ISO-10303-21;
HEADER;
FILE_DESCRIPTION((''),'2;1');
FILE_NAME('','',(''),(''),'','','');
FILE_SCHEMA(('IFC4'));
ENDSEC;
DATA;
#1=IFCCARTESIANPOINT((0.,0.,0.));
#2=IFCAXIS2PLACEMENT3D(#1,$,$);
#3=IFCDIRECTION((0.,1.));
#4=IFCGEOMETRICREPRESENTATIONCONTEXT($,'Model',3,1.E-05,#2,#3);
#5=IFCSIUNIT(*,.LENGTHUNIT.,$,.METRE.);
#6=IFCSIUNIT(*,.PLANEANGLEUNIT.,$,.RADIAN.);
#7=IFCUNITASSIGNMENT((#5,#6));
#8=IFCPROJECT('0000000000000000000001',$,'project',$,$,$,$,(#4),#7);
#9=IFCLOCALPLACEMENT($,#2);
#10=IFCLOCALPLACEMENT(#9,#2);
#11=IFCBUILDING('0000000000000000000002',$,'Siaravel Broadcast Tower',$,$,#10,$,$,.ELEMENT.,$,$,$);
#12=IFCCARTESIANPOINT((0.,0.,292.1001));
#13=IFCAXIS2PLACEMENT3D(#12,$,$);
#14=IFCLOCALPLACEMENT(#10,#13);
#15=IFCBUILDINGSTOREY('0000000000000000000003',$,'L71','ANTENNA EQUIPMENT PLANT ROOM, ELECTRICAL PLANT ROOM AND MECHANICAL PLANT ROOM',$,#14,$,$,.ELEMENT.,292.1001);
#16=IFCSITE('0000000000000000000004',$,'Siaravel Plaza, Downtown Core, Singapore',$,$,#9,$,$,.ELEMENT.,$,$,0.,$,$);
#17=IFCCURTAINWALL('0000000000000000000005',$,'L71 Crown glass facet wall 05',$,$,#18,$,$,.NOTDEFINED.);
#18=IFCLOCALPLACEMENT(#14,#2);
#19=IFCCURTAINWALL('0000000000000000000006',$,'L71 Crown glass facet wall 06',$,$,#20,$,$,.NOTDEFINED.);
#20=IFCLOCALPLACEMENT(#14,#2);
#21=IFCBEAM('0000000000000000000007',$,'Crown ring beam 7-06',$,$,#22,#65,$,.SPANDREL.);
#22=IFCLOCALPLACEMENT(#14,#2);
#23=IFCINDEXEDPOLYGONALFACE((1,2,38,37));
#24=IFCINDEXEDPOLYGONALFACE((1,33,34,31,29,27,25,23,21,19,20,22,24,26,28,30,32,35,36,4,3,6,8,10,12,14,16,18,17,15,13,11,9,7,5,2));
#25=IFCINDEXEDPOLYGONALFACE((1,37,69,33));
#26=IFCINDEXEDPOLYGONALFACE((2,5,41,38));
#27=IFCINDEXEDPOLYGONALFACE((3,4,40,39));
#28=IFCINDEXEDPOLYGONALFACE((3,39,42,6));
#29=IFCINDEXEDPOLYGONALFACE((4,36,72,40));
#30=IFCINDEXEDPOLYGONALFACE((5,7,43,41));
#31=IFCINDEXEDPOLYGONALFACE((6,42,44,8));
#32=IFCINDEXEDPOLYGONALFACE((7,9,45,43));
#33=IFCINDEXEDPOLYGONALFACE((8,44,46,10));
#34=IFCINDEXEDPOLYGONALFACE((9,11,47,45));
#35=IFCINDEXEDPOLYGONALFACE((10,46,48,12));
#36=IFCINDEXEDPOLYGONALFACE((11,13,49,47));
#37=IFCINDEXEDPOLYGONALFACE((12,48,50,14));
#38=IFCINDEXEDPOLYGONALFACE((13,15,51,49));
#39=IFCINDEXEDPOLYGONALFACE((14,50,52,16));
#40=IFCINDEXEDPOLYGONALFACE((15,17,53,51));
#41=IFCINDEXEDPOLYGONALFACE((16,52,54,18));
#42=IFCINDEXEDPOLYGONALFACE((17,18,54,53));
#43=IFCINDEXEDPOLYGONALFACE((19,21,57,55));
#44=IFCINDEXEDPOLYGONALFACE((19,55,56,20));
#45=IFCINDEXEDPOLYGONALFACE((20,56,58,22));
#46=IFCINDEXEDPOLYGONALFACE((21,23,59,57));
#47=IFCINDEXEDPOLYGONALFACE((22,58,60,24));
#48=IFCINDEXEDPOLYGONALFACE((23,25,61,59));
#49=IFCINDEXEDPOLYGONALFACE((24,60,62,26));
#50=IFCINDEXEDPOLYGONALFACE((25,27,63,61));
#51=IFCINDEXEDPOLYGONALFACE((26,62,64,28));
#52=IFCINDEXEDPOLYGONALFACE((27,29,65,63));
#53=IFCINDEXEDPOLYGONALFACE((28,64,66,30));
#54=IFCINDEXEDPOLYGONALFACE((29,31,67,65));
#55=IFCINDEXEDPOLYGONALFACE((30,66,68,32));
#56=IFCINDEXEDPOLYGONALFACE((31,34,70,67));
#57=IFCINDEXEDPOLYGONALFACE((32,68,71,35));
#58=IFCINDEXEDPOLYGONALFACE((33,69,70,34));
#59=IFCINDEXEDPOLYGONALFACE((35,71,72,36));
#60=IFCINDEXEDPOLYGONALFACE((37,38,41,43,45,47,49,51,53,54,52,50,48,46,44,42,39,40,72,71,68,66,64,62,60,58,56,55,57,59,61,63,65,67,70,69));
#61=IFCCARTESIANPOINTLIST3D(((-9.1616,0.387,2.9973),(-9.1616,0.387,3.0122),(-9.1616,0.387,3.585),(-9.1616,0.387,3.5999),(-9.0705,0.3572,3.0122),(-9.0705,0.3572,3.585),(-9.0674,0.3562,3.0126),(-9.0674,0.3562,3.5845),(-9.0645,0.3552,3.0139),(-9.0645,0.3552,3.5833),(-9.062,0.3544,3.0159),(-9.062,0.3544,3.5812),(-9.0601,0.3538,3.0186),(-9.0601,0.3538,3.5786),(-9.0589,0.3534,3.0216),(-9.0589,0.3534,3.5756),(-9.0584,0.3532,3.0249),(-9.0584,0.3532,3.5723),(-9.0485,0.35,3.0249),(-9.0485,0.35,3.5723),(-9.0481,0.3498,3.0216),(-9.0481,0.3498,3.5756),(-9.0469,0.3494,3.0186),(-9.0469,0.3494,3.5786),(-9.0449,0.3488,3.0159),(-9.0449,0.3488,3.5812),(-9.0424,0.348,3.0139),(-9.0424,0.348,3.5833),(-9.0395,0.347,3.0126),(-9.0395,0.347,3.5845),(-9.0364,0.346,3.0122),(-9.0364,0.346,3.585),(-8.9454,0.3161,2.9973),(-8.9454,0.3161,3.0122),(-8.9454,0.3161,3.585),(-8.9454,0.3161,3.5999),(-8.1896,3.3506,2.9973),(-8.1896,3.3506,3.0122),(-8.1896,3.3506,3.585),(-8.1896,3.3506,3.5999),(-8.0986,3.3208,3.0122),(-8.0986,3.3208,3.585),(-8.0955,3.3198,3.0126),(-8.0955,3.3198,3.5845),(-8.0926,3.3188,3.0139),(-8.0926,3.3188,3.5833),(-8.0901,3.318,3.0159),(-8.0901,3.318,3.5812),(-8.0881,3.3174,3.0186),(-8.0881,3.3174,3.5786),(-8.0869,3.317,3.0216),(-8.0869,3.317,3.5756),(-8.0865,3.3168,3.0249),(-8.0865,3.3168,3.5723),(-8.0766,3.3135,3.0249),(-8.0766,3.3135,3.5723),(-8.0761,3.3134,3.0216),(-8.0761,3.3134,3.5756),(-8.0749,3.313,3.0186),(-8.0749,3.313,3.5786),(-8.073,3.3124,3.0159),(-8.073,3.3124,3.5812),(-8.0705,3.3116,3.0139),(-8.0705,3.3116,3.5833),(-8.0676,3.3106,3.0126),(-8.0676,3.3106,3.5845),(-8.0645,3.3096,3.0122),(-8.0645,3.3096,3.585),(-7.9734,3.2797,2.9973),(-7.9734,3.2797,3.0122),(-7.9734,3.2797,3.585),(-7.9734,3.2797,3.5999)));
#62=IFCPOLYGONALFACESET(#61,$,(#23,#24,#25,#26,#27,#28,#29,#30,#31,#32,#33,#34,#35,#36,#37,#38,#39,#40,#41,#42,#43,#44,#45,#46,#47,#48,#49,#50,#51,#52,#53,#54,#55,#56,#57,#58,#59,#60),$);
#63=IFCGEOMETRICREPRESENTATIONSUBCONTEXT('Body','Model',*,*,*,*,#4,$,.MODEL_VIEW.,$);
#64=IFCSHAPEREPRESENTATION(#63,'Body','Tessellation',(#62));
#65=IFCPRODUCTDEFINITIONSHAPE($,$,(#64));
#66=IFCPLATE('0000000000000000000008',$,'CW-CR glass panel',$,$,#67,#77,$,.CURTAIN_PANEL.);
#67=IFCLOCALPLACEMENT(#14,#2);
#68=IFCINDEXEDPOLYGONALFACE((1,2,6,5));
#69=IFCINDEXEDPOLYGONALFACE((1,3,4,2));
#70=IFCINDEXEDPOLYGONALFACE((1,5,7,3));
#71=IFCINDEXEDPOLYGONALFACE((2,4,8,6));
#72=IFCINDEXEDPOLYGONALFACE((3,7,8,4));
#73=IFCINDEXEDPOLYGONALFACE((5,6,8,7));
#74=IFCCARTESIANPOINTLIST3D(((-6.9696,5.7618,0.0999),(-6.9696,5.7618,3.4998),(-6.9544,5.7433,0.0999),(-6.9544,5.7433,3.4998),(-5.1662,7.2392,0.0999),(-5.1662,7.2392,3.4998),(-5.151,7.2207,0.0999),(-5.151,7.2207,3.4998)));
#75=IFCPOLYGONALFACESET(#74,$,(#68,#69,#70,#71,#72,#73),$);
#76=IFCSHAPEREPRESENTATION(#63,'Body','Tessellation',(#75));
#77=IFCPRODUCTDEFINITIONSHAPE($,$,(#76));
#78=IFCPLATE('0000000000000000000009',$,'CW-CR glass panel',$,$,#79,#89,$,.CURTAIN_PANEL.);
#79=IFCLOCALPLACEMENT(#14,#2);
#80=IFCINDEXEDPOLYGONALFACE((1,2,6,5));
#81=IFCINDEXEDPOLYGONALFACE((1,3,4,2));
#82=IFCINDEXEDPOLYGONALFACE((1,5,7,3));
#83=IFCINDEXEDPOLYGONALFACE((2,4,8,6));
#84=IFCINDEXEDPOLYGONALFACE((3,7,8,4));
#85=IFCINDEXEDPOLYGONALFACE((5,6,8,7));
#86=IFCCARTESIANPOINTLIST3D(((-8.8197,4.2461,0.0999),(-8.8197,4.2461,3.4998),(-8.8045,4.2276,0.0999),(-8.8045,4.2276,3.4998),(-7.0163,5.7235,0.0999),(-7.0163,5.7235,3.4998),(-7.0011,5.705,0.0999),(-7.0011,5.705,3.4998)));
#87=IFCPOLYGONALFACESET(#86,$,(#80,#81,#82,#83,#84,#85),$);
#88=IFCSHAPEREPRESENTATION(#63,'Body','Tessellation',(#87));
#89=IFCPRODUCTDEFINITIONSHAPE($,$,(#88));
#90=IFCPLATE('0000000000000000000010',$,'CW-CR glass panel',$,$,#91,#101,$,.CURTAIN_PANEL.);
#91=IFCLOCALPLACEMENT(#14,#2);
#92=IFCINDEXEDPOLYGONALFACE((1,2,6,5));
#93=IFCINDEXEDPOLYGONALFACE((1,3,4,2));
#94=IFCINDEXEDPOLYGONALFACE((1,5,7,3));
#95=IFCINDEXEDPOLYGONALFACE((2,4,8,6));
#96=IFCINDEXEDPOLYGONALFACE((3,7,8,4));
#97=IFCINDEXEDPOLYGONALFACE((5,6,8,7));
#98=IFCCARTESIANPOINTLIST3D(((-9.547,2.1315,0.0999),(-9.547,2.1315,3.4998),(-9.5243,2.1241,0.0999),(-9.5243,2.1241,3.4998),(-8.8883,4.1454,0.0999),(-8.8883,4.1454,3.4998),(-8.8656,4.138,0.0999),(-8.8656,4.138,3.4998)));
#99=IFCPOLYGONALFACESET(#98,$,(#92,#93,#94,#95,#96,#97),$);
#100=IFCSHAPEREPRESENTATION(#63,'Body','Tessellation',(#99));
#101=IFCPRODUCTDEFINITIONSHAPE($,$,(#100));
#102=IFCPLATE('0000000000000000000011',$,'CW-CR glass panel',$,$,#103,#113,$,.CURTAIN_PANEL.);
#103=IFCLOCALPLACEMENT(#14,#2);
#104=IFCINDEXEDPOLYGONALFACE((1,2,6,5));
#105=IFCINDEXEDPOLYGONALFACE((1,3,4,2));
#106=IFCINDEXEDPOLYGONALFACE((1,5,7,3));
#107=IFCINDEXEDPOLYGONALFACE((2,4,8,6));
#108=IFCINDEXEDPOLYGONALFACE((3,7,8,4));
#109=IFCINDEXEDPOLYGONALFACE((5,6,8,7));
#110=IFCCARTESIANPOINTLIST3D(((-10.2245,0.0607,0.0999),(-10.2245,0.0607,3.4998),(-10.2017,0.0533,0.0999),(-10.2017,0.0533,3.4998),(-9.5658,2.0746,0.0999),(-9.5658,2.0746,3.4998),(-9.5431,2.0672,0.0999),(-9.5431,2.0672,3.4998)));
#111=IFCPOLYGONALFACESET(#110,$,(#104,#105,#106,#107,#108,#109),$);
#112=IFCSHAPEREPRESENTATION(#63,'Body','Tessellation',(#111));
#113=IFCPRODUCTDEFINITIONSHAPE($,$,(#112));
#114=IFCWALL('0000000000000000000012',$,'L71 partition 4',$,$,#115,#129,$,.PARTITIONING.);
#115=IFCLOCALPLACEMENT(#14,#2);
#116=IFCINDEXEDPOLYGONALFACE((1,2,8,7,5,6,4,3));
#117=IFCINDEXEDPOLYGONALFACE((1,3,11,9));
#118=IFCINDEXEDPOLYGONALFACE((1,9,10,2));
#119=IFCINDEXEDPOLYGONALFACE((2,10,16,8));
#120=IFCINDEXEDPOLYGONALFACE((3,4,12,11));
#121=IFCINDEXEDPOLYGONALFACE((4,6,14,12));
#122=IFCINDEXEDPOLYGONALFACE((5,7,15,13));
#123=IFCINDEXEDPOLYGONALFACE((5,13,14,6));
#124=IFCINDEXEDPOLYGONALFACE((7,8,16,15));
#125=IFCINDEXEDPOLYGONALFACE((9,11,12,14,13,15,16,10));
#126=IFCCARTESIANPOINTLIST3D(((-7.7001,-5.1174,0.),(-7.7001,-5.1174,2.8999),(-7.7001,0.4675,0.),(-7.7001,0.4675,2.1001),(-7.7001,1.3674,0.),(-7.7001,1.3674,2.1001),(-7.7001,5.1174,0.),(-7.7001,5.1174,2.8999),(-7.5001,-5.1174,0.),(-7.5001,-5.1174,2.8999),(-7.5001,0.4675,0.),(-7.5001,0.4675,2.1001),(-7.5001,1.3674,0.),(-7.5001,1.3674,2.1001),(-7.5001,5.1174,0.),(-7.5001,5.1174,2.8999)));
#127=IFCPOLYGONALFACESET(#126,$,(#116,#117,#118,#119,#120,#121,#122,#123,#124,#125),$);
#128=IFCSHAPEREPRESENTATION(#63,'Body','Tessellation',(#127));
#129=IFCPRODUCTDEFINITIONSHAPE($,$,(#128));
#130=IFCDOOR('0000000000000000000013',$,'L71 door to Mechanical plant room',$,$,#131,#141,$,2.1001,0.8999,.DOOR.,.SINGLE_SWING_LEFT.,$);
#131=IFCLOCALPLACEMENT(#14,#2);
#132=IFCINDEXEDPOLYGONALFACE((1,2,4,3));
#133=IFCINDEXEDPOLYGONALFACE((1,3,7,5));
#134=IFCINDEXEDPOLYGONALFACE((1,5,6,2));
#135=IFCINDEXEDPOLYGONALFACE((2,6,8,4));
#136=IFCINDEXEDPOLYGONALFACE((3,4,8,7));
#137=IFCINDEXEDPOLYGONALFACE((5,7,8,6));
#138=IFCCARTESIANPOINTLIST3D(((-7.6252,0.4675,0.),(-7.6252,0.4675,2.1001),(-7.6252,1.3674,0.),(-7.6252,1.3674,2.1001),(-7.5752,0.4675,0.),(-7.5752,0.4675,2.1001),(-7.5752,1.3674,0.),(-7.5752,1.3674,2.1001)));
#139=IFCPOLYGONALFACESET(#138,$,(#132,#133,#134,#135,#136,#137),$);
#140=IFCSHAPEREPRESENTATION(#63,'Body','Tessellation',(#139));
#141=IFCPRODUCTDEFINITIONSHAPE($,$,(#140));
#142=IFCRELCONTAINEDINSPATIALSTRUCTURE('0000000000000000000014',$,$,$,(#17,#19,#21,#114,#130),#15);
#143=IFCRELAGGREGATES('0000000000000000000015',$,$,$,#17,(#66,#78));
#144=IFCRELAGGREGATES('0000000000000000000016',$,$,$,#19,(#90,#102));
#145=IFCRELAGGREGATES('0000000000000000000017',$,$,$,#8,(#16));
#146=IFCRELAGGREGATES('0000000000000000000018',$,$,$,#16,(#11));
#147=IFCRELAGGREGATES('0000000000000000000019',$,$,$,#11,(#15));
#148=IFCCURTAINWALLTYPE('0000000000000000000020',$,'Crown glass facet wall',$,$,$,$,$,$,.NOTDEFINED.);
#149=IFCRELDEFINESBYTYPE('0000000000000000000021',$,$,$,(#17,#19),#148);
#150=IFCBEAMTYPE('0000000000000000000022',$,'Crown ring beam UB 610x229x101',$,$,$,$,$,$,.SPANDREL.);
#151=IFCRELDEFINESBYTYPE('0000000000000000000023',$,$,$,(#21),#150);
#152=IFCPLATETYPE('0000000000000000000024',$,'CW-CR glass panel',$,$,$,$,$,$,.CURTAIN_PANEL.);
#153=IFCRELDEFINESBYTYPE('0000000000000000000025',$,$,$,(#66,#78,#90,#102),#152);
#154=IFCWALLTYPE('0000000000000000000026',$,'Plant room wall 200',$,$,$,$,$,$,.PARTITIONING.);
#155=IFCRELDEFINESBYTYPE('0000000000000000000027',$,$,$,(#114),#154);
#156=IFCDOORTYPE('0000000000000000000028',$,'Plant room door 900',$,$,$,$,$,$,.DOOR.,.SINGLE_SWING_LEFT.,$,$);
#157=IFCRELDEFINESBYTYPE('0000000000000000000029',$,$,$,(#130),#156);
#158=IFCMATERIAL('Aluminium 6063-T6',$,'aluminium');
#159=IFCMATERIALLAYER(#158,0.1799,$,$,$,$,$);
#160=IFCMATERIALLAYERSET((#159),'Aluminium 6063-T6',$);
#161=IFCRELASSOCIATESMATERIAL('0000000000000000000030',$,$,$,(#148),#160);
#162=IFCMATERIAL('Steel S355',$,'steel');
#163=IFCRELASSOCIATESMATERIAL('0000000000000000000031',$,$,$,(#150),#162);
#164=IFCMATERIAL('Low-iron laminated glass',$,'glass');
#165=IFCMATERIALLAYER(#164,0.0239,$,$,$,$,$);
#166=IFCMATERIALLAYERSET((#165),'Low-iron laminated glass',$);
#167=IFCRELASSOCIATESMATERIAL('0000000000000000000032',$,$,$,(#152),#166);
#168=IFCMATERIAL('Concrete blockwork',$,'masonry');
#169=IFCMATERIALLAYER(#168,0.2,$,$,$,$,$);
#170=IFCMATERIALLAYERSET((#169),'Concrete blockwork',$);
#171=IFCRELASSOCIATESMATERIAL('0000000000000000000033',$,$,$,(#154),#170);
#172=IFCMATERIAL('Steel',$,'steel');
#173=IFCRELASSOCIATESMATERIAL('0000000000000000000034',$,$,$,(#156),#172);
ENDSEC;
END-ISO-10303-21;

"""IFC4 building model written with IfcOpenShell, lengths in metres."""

from ifc_helpers import new_model, si_unit, direction, frame, frame_2d, origin, origin_2d, place, context, subcontext, project, spatial, rectangle, i_section, extrude, material, layer, layer_set, material_profile, profile_set, type_object, element, fill, aggregate, save


model = new_model("IFC4")

# Units and contexts
model_context = context("Model", 3, precision=1e-05, world=origin(), true_north=direction((0.0, 1.0)))
body_context = subcontext(model_context, "Body", "Model", "MODEL_VIEW")
ifc_project = project(units=[si_unit("LENGTHUNIT", "METRE"), si_unit("PLANEANGLEUNIT", "RADIAN")], contexts=[model_context])

# Site, building, storey
site_placement = place(None, origin())
site = spatial("IfcSite", under=ifc_project, at=site_placement, Name="Siaravel Plaza, Downtown Core, Singapore", CompositionType="ELEMENT", RefElevation=0.0)
building_placement = place(site_placement, origin())
building = spatial("IfcBuilding", under=site, at=building_placement, Name="Siaravel Broadcast Tower", CompositionType="ELEMENT")
storey_placement = place(building_placement, frame((0.0, 0.0, 292.1001)))
storey = spatial("IfcBuildingStorey", under=building, at=storey_placement, Name="L71", Description="ANTENNA EQUIPMENT PLANT ROOM, ELECTRICAL PLANT ROOM AND MECHANICAL PLANT ROOM", CompositionType="ELEMENT", Elevation=292.1001)

# Curtain walls
ifc_material_1 = material(Name="Aluminium 6063-T6", Category="aluminium")
ifc_layer_1 = layer(ifc_material_1, 0.1799)
ifc_layer_set_1 = layer_set([ifc_layer_1], Name="Aluminium 6063-T6")
curtain_wall_type = type_object("IfcCurtainWallType", Name="Crown glass facet wall", PredefinedType="NOTDEFINED", material=ifc_layer_set_1)
curtain_wall_1_placement = place(storey_placement, origin())
curtain_wall_1 = element("IfcCurtainWall", 1, at=curtain_wall_1_placement, inside=storey, type_object=curtain_wall_type, Name="L71 Crown glass facet wall 05", PredefinedType="NOTDEFINED")
curtain_wall_2_placement = place(storey_placement, origin())
curtain_wall_2 = element("IfcCurtainWall", 2, at=curtain_wall_2_placement, inside=storey, type_object=curtain_wall_type, Name="L71 Crown glass facet wall 06", PredefinedType="NOTDEFINED")

# Beam
ifc_material_2 = material(Name="Steel S355", Category="steel")
ifc_material_profile_1 = material_profile(ifc_material_2, i_section(OverallWidth=0.2275, OverallDepth=0.6025, WebThickness=0.0105, FlangeThickness=0.0149, FilletRadius=0.0127, at=origin_2d()))
ifc_profile_set_1 = profile_set([ifc_material_profile_1], Name="Steel S355")
beam_type_1 = type_object("IfcBeamType", Name="Crown ring beam UB 610x229x101", PredefinedType="SPANDREL", material=ifc_profile_set_1)
beam_1_placement = place(storey_placement, frame((-8.0815, 3.3152, 3.2986), z_axis=(-0.311621, -0.950206, 0.0), x_axis=(0.950206, -0.311621, 0.0)))
element("IfcBeam", 3, at=beam_1_placement, inside=storey, type_object=beam_type_1, Name="Crown ring beam 7-06", PredefinedType="SPANDREL", context=body_context, shape_type="SweptSolid", body=[
    extrude(i_section(OverallWidth=0.2275, OverallDepth=0.6025, WebThickness=0.0105, FlangeThickness=0.0149, FilletRadius=0.0127, at=origin_2d()), origin(), (0.0, 0.0, 1.0), 3.1189),
])

# Plates
ifc_material_3 = material(Name="Low-iron laminated glass", Category="glass")
ifc_layer_2 = layer(ifc_material_3, 0.0239)
ifc_layer_set_2 = layer_set([ifc_layer_2], Name="Low-iron laminated glass")
plate_type = type_object("IfcPlateType", Name="CW-CR glass panel", PredefinedType="CURTAIN_PANEL", material=ifc_layer_set_2)
plate_1_placement = place(storey_placement, frame((-6.0603, 6.4912, 0.0999), z_axis=(0.0, 0.0, 1.0), x_axis=(-0.773559, -0.633724, 0.0)))
plate_1 = element("IfcPlate", 4, at=plate_1_placement, type_object=plate_type, Name="CW-CR glass panel", PredefinedType="CURTAIN_PANEL", context=body_context, shape_type="SweptSolid", body=[
    extrude(rectangle(XDim=2.3313, YDim=0.0239, at=origin_2d()), origin(), (0.0, 0.0, 1.0), 3.3999),
])
plate_2_placement = place(storey_placement, frame((-7.9104, 4.9756, 0.0999), z_axis=(0.0, 0.0, 1.0), x_axis=(-0.773559, -0.633724, 0.0)))
plate_2 = element("IfcPlate", 5, at=plate_2_placement, type_object=plate_type, Name="CW-CR glass panel", PredefinedType="CURTAIN_PANEL", context=body_context, shape_type="SweptSolid", body=[
    extrude(rectangle(XDim=2.3313, YDim=0.0239, at=origin_2d()), origin(), (0.0, 0.0, 1.0), 3.3999),
])
aggregate(curtain_wall_1, [plate_1, plate_2])
plate_3_placement = place(storey_placement, frame((-9.2063, 3.1348, 0.0999), z_axis=(0.0, 0.0, 1.0), x_axis=(-0.310848, -0.95046, 0.0)))
plate_3 = element("IfcPlate", 6, at=plate_3_placement, type_object=plate_type, Name="CW-CR glass panel", PredefinedType="CURTAIN_PANEL", context=body_context, shape_type="SweptSolid", body=[
    extrude(rectangle(XDim=2.1189, YDim=0.0239, at=origin_2d()), origin(), (0.0, 0.0, 1.0), 3.3999),
])
plate_4_placement = place(storey_placement, frame((-9.8838, 1.064, 0.0999), z_axis=(0.0, 0.0, 1.0), x_axis=(-0.310848, -0.95046, 0.0)))
plate_4 = element("IfcPlate", 7, at=plate_4_placement, type_object=plate_type, Name="CW-CR glass panel", PredefinedType="CURTAIN_PANEL", context=body_context, shape_type="SweptSolid", body=[
    extrude(rectangle(XDim=2.1189, YDim=0.0239, at=origin_2d()), origin(), (0.0, 0.0, 1.0), 3.3999),
])
aggregate(curtain_wall_2, [plate_3, plate_4])

# Wall, opening, door
ifc_material_4 = material(Name="Concrete blockwork", Category="masonry")
ifc_layer_3 = layer(ifc_material_4, 0.2)
ifc_layer_set_3 = layer_set([ifc_layer_3], Name="Concrete blockwork")
wall_type = type_object("IfcWallType", Name="Plant room wall 200", PredefinedType="PARTITIONING", material=ifc_layer_set_3)
wall_placement = place(storey_placement, frame((-7.6001, 5.1174, 0.0), z_axis=(0.0, 0.0, 1.0), x_axis=(0.0, -1.0, 0.0)))
wall = element("IfcWall", 8, at=wall_placement, inside=storey, type_object=wall_type, Name="L71 partition 4", PredefinedType="PARTITIONING", context=body_context, shape_type="SweptSolid", body=[
    extrude(rectangle(XDim=10.2349, YDim=0.2, at=frame_2d((5.1174, 0.0))), origin(), (0.0, 0.0, 1.0), 2.8999),
])
opening_placement = place(wall_placement, frame((3.75, 0.0, 0.0)))
opening = element("IfcOpeningElement", 9, at=opening_placement, cuts=wall, PredefinedType="OPENING", context=body_context, shape_type="SweptSolid", body=[
    extrude(rectangle(XDim=0.8999, YDim=2.1001, at=frame_2d((0.45, 1.05))), frame((0.0, 0.1099, 0.0), z_axis=(0.0, -1.0, 0.0), x_axis=(1.0, 0.0, 0.0)), (0.0, 0.0, 1.0), 0.22),
])
ifc_material_5 = material(Name="Steel", Category="steel")
door_type = type_object("IfcDoorType", Name="Plant room door 900", OperationType="SINGLE_SWING_LEFT", PredefinedType="DOOR", material=ifc_material_5)
door_placement = place(opening_placement, origin())
door = element("IfcDoor", 10, at=door_placement, inside=storey, type_object=door_type, Name="L71 door to Mechanical plant room", OperationType="SINGLE_SWING_LEFT", OverallHeight=2.1001, OverallWidth=0.8999, PredefinedType="DOOR", context=body_context, shape_type="SweptSolid", body=[
    extrude(rectangle(XDim=0.8999, YDim=2.1001, at=frame_2d((0.45, 1.05))), frame((0.0, 0.0249, 0.0), z_axis=(0.0, -1.0, 0.0), x_axis=(1.0, 0.0, 0.0)), (0.0, 0.0, 1.0), 0.05),
])
fill(opening, door)

save(model, "model.ifc")
